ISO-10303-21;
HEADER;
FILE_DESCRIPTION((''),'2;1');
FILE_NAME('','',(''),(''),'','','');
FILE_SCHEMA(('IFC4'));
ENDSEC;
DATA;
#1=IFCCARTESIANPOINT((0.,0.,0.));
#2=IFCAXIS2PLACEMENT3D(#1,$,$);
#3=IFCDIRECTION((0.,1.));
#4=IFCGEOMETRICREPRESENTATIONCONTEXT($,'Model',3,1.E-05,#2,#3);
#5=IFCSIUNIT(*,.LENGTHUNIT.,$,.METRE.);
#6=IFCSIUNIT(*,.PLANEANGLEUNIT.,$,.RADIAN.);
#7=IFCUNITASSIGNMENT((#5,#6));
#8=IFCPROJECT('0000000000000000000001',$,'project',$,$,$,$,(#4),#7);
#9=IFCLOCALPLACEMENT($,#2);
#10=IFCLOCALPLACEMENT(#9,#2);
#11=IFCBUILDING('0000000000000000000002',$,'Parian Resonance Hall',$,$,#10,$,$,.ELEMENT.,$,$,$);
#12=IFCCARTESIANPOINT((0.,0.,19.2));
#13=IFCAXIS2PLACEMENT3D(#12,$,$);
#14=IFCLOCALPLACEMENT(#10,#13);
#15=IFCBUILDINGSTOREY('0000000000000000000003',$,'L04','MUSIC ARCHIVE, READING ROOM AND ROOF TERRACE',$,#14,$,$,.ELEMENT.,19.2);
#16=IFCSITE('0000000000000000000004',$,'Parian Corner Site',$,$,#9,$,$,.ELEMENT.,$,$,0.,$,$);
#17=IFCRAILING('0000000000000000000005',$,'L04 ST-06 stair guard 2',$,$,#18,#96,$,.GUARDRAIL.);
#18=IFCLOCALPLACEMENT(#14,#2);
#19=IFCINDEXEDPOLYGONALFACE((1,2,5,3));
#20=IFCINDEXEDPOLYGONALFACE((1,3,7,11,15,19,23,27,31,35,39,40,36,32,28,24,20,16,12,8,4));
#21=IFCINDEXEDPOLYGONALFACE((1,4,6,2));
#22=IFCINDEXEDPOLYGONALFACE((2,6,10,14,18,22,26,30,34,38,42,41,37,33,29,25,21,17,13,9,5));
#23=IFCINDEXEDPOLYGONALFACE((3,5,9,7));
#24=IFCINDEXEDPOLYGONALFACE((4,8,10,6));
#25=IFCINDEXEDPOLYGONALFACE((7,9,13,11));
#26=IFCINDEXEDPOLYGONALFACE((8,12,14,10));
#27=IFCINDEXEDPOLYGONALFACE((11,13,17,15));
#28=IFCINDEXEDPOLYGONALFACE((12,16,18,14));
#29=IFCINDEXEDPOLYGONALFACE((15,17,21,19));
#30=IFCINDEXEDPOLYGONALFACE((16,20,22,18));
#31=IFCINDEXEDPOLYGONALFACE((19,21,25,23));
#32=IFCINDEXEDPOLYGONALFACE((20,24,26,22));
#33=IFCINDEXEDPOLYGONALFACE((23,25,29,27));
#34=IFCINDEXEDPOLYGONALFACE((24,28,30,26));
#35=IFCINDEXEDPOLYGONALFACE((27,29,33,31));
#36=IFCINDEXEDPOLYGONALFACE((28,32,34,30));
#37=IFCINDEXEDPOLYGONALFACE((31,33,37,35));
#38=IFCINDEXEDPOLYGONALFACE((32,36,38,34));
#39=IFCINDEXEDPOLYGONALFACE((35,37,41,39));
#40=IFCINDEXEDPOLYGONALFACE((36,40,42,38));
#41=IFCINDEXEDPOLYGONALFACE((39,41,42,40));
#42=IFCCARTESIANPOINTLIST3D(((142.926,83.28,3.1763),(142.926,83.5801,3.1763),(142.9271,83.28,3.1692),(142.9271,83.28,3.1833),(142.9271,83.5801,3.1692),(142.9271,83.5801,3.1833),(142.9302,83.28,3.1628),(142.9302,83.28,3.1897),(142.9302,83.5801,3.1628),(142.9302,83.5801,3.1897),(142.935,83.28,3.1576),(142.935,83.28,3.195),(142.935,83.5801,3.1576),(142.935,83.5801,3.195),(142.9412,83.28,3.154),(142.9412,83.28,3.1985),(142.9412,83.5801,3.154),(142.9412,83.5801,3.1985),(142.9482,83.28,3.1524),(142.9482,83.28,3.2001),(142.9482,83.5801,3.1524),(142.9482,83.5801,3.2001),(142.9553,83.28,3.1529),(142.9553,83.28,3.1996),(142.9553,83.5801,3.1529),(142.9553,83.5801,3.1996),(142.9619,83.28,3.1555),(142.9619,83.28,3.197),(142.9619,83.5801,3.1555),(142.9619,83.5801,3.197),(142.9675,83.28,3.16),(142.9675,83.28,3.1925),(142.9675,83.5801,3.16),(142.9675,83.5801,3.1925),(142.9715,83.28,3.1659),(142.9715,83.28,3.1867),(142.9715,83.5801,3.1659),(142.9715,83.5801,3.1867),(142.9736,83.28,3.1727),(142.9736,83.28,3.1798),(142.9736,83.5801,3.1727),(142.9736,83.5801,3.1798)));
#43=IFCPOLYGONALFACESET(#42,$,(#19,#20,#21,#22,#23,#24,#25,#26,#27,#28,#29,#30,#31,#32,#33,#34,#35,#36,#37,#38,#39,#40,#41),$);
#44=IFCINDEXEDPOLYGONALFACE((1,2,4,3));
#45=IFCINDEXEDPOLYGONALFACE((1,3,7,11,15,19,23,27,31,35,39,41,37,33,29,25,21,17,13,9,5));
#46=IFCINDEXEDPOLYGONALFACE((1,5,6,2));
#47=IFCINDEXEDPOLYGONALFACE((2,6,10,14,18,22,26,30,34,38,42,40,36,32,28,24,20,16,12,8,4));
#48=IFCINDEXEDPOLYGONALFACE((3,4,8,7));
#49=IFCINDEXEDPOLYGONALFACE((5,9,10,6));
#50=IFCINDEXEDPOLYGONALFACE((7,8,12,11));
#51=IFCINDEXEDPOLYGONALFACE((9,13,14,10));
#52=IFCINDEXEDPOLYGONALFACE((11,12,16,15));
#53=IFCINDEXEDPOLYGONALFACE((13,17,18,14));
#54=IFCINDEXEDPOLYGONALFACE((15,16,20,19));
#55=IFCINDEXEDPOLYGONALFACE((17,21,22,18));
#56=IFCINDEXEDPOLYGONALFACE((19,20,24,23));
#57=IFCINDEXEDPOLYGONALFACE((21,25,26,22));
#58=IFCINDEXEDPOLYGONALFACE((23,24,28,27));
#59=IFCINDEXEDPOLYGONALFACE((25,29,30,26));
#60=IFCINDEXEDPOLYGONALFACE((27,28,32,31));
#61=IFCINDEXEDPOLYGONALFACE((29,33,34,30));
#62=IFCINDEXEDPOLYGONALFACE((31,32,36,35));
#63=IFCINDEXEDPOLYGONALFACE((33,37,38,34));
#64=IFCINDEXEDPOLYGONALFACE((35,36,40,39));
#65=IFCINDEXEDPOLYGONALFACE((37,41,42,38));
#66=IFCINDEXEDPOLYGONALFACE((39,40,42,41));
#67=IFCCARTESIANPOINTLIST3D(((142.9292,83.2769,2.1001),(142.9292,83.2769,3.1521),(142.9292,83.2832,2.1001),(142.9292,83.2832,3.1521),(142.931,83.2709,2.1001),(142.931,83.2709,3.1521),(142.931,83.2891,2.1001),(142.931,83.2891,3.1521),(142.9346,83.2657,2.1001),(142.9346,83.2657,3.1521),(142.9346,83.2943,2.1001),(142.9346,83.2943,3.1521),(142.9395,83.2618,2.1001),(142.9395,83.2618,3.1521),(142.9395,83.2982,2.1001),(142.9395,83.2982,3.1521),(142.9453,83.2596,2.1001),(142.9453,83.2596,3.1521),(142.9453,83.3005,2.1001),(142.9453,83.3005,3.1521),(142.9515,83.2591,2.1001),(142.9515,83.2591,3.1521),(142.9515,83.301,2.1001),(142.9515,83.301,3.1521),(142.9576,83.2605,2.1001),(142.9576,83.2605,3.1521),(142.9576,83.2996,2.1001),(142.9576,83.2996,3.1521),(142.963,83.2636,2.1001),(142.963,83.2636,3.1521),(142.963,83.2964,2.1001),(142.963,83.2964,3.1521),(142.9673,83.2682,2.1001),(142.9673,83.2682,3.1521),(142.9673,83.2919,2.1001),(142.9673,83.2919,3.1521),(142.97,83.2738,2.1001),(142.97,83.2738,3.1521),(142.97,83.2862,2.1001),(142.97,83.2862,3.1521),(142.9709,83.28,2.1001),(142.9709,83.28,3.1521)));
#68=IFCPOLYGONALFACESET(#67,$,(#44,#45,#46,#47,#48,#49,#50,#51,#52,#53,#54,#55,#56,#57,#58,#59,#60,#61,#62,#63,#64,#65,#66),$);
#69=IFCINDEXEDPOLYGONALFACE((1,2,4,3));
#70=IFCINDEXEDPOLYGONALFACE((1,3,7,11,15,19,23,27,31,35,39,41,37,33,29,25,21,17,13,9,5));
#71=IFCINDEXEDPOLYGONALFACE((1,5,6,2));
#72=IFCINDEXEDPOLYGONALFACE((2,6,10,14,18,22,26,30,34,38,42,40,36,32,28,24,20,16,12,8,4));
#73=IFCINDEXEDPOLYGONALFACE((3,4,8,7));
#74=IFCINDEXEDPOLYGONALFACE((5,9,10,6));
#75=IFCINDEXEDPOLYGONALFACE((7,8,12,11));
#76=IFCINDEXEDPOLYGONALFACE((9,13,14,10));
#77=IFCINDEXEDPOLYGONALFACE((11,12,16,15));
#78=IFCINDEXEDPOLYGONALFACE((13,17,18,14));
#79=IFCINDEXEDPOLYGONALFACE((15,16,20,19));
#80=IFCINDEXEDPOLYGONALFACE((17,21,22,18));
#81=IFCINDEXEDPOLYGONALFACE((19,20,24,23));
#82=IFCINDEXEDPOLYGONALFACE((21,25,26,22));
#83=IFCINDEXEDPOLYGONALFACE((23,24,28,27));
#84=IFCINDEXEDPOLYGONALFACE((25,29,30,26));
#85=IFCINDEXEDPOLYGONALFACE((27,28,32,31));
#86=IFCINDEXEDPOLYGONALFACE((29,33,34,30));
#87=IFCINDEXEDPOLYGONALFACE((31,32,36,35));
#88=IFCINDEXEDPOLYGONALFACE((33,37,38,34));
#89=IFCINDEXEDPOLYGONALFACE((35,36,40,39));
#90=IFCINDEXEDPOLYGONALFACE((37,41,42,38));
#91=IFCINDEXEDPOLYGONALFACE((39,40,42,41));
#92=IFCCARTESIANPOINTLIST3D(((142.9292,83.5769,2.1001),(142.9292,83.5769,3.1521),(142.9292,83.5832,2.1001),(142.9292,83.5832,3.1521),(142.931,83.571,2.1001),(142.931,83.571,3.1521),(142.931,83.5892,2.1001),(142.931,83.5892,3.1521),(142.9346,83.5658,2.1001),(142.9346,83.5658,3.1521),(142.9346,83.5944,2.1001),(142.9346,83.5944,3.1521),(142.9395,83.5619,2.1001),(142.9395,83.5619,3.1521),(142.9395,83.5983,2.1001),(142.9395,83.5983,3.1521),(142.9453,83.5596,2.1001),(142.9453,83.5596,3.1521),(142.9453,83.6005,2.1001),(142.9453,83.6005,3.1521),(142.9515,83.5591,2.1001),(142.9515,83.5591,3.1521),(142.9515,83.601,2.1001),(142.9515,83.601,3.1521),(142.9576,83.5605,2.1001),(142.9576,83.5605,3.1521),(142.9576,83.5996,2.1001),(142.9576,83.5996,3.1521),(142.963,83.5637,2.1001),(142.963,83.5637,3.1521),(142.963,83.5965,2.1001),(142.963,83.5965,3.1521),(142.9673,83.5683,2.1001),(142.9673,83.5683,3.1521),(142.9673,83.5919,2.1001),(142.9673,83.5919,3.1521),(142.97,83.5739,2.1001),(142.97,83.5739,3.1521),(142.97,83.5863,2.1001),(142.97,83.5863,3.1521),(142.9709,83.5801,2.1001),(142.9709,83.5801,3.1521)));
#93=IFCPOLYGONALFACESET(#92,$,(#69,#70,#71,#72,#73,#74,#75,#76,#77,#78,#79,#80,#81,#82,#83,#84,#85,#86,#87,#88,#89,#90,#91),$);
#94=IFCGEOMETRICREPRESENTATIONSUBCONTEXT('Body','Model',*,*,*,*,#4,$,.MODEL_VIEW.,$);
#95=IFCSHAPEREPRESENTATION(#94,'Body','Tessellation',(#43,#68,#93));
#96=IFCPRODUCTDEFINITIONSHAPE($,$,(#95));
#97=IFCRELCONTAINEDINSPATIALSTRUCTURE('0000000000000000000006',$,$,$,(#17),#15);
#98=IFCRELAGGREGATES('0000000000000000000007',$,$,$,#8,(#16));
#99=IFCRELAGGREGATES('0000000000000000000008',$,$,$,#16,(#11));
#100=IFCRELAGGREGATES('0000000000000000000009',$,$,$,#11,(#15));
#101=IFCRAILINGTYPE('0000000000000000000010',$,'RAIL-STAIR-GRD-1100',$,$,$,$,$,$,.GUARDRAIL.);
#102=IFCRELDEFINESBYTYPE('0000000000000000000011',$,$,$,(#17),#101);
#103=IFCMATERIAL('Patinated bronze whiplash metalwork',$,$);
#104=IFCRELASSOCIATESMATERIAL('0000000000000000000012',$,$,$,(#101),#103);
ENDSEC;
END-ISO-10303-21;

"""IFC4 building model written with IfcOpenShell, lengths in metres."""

from ifc_helpers import new_model, si_unit, direction, frame, origin, origin_2d, place, context, subcontext, project, spatial, circle, extrude, material, type_object, element, save


model = new_model("IFC4")

# Units and contexts
model_context = context("Model", 3, precision=1e-05, world=origin(), true_north=direction((0.0, 1.0)))
body_context = subcontext(model_context, "Body", "Model", "MODEL_VIEW")
ifc_project = project(units=[si_unit("LENGTHUNIT", "METRE"), si_unit("PLANEANGLEUNIT", "RADIAN")], contexts=[model_context])

# Site, building, storey
site_placement = place(None, origin())
site = spatial("IfcSite", under=ifc_project, at=site_placement, Name="Parian Corner Site", CompositionType="ELEMENT", RefElevation=0.0)
building_placement = place(site_placement, origin())
building = spatial("IfcBuilding", under=site, at=building_placement, Name="Parian Resonance Hall", CompositionType="ELEMENT")
storey_placement = place(building_placement, frame((0.0, 0.0, 19.2)))
storey = spatial("IfcBuildingStorey", under=building, at=storey_placement, Name="L04", Description="MUSIC ARCHIVE, READING ROOM AND ROOF TERRACE", CompositionType="ELEMENT", Elevation=19.2)

# Railing
ifc_material_1 = material(Name="Patinated bronze whiplash metalwork")
railing_type_1 = type_object("IfcRailingType", Name="RAIL-STAIR-GRD-1100", PredefinedType="GUARDRAIL", material=ifc_material_1)
railing_1_placement = place(storey_placement, frame((142.95, 83.28, 2.1001)))
element("IfcRailing", 1, at=railing_1_placement, inside=storey, type_object=railing_type_1, Name="L04 ST-06 stair guard 2", PredefinedType="GUARDRAIL", context=body_context, shape_type="SweptSolid", body=[
    extrude(circle(Radius=0.0239, at=origin_2d()), frame((0.0, 0.0, 1.0762), z_axis=(0.0, 1.0, 0.0), x_axis=(-1.0, 0.0, 0.0)), (0.0, 0.0, 1.0), 0.3),
    extrude(circle(Radius=0.021, at=origin_2d()), origin(), (0.0, 0.0, 1.0), 1.052),
    extrude(circle(Radius=0.021, at=origin_2d()), frame((0.0, 0.3, 0.0)), (0.0, 0.0, 1.0), 1.052),
])

save(model, "model.ifc")
